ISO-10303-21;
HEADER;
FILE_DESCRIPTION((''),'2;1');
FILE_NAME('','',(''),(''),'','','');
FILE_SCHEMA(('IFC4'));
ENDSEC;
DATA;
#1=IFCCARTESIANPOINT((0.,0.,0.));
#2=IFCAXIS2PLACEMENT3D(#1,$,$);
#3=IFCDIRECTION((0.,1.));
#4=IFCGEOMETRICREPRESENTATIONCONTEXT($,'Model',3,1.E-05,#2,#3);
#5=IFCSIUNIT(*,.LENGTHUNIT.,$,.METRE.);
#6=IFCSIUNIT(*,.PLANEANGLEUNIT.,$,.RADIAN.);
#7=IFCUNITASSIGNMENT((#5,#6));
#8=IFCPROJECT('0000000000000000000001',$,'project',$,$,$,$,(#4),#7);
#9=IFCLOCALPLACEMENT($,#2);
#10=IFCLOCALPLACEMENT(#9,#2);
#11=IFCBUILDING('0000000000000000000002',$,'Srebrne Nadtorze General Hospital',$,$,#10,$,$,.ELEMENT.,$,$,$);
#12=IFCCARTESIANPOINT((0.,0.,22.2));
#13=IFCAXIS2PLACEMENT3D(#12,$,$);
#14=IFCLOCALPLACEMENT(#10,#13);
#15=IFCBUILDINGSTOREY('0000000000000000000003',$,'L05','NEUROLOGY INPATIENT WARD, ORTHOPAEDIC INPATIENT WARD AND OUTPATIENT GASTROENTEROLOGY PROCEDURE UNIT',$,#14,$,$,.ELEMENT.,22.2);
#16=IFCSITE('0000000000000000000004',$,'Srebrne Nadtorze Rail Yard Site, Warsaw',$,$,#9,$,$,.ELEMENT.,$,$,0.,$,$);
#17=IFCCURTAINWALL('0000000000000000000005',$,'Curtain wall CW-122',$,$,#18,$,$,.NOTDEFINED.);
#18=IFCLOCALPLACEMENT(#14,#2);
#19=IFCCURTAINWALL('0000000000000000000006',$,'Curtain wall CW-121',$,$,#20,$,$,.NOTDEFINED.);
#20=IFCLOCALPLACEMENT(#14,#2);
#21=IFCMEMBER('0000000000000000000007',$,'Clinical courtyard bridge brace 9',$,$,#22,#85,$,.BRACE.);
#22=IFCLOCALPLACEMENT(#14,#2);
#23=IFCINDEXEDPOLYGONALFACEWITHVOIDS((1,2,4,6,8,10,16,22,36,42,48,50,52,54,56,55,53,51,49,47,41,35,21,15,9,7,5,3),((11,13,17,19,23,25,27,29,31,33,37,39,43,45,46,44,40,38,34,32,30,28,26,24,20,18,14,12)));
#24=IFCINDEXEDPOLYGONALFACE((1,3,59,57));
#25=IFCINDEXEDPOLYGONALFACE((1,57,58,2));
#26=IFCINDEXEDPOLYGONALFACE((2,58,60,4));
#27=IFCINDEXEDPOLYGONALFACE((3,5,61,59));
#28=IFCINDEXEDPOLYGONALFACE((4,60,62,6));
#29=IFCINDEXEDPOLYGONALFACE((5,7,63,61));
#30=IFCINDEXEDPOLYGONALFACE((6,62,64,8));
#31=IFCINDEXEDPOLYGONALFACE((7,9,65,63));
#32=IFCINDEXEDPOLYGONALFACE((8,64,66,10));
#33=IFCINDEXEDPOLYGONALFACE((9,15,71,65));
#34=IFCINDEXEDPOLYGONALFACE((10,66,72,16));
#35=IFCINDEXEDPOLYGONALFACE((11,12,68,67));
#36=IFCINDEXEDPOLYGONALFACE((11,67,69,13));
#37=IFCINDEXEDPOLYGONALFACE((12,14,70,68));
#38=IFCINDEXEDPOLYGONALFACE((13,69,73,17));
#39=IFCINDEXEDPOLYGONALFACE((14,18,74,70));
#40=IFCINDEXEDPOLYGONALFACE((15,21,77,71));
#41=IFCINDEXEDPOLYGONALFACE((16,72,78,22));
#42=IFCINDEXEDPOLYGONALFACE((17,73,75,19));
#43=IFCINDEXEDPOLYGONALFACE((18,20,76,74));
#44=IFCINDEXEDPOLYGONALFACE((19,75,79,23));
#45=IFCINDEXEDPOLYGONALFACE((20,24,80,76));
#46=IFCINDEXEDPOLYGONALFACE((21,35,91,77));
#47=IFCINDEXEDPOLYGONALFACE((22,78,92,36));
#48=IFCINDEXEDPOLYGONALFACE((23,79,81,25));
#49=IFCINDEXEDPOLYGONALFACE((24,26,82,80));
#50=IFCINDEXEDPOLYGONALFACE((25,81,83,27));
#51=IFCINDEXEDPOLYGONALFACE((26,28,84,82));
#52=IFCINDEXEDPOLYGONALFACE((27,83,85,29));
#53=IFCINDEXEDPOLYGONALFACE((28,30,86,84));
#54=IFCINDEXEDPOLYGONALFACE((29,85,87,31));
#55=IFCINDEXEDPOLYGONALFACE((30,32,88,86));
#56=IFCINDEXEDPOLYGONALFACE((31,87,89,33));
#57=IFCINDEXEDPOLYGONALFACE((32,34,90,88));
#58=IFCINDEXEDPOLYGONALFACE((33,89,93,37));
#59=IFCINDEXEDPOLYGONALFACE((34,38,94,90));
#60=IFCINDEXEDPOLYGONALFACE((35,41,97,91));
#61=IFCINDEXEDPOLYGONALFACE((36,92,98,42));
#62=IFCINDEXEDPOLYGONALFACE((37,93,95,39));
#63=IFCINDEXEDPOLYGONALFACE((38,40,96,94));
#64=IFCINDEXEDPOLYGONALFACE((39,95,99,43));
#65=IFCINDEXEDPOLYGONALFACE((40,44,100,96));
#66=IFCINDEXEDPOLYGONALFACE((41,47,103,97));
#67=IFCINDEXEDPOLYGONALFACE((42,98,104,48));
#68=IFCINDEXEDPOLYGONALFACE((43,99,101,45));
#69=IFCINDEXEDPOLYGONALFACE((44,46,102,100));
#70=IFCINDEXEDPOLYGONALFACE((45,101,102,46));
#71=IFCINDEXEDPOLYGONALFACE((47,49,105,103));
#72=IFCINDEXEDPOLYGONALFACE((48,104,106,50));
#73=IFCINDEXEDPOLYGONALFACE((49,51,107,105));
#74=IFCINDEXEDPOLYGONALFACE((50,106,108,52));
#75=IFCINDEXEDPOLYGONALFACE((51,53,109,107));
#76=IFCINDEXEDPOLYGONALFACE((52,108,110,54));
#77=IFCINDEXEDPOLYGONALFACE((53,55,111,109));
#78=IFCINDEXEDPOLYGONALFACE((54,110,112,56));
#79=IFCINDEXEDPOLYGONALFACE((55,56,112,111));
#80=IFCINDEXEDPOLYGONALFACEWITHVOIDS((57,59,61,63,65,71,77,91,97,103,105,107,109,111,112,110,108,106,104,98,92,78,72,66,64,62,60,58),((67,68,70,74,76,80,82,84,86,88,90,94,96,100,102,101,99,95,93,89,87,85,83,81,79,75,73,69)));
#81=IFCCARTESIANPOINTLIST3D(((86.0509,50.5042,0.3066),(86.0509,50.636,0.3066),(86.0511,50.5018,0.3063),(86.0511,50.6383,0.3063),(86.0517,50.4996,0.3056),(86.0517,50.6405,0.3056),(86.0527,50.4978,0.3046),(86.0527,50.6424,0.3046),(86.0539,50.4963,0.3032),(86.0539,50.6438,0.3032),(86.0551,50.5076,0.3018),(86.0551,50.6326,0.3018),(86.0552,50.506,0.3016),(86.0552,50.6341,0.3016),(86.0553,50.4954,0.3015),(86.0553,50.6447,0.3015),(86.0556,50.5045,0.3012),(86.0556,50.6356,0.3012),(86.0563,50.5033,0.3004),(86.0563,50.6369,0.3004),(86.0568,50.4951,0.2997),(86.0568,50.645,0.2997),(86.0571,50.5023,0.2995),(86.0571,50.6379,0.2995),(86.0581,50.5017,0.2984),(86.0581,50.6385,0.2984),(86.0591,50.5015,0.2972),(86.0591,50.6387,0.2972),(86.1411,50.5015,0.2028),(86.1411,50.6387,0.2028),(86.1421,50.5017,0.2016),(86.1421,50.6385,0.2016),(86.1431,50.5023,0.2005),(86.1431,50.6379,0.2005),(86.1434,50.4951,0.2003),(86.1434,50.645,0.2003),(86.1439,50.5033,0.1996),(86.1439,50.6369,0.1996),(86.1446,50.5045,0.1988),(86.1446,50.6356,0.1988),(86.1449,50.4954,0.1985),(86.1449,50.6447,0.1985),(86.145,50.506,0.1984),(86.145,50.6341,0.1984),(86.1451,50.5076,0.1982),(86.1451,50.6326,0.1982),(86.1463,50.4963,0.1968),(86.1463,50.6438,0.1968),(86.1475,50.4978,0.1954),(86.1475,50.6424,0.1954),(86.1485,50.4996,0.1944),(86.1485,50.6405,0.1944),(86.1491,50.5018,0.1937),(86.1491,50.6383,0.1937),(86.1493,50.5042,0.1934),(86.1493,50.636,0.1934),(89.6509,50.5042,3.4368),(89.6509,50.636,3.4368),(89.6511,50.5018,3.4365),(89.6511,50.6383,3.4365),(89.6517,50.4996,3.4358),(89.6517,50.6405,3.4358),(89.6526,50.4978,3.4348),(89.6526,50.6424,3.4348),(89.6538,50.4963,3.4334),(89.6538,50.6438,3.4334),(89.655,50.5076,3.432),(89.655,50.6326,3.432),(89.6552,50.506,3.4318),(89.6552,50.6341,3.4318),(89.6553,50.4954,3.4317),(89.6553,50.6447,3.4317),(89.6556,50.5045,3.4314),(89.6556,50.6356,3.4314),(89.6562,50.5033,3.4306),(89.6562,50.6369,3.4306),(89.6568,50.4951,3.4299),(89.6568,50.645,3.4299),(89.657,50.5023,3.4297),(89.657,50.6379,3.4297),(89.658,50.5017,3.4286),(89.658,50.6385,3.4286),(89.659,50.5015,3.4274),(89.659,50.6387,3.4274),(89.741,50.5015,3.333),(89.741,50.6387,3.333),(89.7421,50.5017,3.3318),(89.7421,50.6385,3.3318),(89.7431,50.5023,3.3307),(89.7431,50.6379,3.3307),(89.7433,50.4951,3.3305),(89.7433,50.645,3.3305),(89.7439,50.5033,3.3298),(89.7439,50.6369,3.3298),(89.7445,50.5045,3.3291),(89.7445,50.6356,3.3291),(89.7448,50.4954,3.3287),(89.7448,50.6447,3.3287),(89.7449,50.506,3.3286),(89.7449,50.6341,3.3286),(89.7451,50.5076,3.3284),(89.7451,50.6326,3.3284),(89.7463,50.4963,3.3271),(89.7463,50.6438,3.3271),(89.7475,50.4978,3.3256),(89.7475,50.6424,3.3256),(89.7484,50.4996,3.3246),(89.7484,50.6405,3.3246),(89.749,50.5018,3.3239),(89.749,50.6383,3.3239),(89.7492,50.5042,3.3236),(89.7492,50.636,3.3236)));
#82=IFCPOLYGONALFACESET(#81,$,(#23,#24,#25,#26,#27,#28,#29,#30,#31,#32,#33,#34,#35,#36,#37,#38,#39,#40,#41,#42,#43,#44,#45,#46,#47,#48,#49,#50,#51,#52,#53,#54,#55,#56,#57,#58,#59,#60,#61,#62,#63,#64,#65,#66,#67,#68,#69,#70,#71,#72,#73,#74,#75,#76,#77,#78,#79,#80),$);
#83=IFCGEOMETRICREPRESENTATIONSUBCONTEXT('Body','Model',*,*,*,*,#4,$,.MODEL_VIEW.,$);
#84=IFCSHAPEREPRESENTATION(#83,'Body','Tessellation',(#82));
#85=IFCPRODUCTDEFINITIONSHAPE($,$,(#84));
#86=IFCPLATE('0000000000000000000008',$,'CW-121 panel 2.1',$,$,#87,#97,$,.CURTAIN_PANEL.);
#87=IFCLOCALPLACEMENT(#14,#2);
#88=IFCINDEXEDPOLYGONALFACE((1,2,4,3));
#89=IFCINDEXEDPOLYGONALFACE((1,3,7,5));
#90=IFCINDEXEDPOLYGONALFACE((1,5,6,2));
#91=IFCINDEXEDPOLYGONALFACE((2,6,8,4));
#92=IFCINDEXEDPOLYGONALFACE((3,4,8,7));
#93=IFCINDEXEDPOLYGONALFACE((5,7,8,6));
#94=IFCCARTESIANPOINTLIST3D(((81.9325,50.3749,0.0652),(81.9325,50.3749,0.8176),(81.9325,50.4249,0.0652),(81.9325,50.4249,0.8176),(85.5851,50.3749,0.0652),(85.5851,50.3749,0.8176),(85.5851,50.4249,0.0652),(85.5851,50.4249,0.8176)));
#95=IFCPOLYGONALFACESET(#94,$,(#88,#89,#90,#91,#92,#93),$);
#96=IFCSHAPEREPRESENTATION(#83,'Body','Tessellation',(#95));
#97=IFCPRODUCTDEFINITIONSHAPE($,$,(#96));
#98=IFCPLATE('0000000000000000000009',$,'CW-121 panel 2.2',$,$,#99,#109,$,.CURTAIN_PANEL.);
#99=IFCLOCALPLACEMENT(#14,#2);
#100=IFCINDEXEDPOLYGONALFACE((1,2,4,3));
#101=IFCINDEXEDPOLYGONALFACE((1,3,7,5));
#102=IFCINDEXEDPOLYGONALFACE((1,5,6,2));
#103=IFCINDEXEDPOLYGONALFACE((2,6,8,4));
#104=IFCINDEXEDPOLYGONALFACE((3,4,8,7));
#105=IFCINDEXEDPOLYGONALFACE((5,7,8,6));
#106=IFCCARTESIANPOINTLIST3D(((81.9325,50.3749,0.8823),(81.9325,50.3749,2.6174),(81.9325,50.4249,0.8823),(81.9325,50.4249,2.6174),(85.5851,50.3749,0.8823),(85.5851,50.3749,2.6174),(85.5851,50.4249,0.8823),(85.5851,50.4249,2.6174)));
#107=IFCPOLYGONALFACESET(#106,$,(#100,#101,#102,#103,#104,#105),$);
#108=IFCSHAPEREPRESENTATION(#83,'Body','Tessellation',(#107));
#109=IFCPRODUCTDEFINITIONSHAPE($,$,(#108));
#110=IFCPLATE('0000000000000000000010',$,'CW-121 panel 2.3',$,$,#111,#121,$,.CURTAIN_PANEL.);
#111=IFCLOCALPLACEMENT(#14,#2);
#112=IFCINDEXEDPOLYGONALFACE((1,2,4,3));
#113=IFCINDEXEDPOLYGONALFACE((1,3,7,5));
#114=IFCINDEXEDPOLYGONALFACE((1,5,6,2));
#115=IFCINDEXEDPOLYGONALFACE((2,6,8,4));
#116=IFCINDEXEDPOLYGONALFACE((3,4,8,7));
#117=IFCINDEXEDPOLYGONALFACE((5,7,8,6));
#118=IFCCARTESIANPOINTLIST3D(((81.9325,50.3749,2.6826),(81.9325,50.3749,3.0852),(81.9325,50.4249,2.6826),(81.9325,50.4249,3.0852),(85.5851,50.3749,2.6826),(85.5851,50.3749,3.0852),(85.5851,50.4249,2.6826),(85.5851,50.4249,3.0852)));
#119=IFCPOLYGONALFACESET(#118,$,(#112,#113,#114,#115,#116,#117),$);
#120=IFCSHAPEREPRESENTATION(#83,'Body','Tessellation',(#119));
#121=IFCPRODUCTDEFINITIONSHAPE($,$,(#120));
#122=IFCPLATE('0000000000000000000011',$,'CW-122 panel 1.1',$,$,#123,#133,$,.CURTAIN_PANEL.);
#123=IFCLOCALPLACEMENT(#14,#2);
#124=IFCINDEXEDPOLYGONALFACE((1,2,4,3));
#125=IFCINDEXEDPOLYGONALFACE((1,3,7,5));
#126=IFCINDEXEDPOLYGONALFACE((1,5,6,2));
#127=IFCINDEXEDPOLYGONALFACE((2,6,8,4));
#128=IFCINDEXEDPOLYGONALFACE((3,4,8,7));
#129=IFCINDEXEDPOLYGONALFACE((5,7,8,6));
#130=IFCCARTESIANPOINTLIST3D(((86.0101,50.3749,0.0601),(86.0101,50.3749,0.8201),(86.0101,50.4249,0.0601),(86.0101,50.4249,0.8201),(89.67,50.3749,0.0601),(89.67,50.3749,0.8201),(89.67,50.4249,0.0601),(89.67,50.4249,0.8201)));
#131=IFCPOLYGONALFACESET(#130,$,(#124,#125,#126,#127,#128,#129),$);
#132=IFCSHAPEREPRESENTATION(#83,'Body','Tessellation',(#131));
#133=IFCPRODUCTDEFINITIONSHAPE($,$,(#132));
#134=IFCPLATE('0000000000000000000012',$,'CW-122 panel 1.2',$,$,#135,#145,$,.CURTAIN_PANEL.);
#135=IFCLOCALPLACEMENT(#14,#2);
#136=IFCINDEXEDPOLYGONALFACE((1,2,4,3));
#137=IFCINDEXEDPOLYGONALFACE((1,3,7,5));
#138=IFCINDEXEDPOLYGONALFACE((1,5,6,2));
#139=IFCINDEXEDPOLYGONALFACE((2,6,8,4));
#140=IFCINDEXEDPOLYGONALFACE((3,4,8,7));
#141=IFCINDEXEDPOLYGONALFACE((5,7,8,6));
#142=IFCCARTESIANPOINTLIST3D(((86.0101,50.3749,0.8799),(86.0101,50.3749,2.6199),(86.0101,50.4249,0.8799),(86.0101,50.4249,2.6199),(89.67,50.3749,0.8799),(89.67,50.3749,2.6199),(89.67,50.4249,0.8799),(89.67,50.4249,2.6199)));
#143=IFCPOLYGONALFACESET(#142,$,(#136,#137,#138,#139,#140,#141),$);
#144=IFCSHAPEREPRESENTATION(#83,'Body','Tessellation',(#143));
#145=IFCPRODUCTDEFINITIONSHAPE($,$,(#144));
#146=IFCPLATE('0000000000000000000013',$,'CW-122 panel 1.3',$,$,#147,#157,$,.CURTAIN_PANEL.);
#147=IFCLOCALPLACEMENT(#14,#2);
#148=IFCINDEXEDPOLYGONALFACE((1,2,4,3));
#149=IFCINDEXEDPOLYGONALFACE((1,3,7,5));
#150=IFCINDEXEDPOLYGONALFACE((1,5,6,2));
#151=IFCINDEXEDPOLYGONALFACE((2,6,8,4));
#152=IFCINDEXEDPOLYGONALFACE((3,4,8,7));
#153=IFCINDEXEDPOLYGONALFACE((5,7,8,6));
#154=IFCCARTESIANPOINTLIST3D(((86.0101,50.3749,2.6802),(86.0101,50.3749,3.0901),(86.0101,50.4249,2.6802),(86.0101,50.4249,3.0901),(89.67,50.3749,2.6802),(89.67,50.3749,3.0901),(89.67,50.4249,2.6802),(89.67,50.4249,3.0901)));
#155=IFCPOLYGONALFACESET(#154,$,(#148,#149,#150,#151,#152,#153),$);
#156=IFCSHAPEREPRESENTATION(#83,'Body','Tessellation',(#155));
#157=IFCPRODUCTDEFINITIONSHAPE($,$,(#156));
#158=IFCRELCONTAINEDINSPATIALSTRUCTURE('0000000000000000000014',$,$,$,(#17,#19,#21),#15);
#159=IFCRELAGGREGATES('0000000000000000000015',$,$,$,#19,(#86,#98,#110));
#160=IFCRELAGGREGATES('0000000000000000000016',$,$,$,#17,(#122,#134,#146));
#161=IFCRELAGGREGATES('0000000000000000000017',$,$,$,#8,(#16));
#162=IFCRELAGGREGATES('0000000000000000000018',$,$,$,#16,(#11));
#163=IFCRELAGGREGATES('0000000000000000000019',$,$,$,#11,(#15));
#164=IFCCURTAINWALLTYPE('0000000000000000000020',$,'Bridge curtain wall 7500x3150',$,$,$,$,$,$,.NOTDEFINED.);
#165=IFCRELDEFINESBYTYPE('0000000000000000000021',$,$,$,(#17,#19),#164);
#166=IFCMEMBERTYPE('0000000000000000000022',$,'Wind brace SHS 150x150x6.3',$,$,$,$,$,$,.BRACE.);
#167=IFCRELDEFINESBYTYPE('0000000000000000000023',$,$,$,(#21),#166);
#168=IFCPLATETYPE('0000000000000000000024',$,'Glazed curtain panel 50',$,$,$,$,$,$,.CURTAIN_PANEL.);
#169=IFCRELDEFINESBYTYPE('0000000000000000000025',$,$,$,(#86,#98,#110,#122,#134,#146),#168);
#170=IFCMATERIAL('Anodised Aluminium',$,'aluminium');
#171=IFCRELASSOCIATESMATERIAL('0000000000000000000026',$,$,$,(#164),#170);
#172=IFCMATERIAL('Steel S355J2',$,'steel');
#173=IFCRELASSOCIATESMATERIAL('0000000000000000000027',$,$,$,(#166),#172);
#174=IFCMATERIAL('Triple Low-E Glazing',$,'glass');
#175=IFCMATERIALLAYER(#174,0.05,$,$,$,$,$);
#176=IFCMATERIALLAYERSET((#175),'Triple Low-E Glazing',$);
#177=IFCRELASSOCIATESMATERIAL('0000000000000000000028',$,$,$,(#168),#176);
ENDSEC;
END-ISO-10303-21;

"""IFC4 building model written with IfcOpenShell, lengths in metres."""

from ifc_helpers import new_model, si_unit, direction, frame, origin, origin_2d, place, context, subcontext, project, spatial, rectangle, hollow_rectangle, extrude, material, layer, layer_set, material_profile, profile_set, type_object, element, aggregate, save


model = new_model("IFC4")

# Units and contexts
model_context = context("Model", 3, precision=1e-05, world=origin(), true_north=direction((0.0, 1.0)))
body_context = subcontext(model_context, "Body", "Model", "MODEL_VIEW")
ifc_project = project(units=[si_unit("LENGTHUNIT", "METRE"), si_unit("PLANEANGLEUNIT", "RADIAN")], contexts=[model_context])

# Site, building, storey
site_placement = place(None, origin())
site = spatial("IfcSite", under=ifc_project, at=site_placement, Name="Srebrne Nadtorze Rail Yard Site, Warsaw", CompositionType="ELEMENT", RefElevation=0.0)
building_placement = place(site_placement, origin())
building = spatial("IfcBuilding", under=site, at=building_placement, Name="Srebrne Nadtorze General Hospital", CompositionType="ELEMENT")
storey_placement = place(building_placement, frame((0.0, 0.0, 22.2)))
storey = spatial("IfcBuildingStorey", under=building, at=storey_placement, Name="L05", Description="NEUROLOGY INPATIENT WARD, ORTHOPAEDIC INPATIENT WARD AND OUTPATIENT GASTROENTEROLOGY PROCEDURE UNIT", CompositionType="ELEMENT", Elevation=22.2)

# Curtain walls
ifc_material_1 = material(Name="Anodised Aluminium", Category="aluminium")
curtain_wall_type = type_object("IfcCurtainWallType", Name="Bridge curtain wall 7500x3150", PredefinedType="NOTDEFINED", material=ifc_material_1)
curtain_wall_1_placement = place(storey_placement, origin())
curtain_wall_1 = element("IfcCurtainWall", 1, at=curtain_wall_1_placement, inside=storey, type_object=curtain_wall_type, Name="Curtain wall CW-122", PredefinedType="NOTDEFINED")
curtain_wall_2_placement = place(storey_placement, origin())
curtain_wall_2 = element("IfcCurtainWall", 2, at=curtain_wall_2_placement, inside=storey, type_object=curtain_wall_type, Name="Curtain wall CW-121", PredefinedType="NOTDEFINED")

# Member
ifc_material_2 = material(Name="Steel S355J2", Category="steel")
ifc_material_profile_1 = material_profile(ifc_material_2, hollow_rectangle(XDim=0.1499, YDim=0.1499, WallThickness=0.0063, InnerFilletRadius=0.0061, OuterFilletRadius=0.009, at=origin_2d()), Name="SHS-150x150x6.3")
ifc_profile_set_1 = profile_set([ifc_material_profile_1], Name="Steel S355J2")
member_type_1 = type_object("IfcMemberType", Name="Wind brace SHS 150x150x6.3", PredefinedType="BRACE", material=ifc_profile_set_1)
member_1_placement = place(storey_placement, frame((86.1001, 50.5701, 0.25), z_axis=(0.754624, 0.0, 0.656157), x_axis=(0.0, 1.0, 0.0)))
element("IfcMember", 3, at=member_1_placement, inside=storey, type_object=member_type_1, Name="Clinical courtyard bridge brace 9", PredefinedType="BRACE", context=body_context, shape_type="SweptSolid", body=[
    extrude(hollow_rectangle(XDim=0.1499, YDim=0.1499, WallThickness=0.0063, InnerFilletRadius=0.0061, OuterFilletRadius=0.009, at=origin_2d()), origin(), (0.0, 0.0, 1.0), 4.7705),
])

# Plates
ifc_material_3 = material(Name="Triple Low-E Glazing", Category="glass")
ifc_layer = layer(ifc_material_3, 0.05)
ifc_layer_set = layer_set([ifc_layer], Name="Triple Low-E Glazing")
plate_type = type_object("IfcPlateType", Name="Glazed curtain panel 50", PredefinedType="CURTAIN_PANEL", material=ifc_layer_set)
plate_1_placement = place(storey_placement, frame((83.7588, 50.3999, 0.0652), z_axis=(0.0, 0.0, 1.0), x_axis=(1.0, 0.0, 0.0)))
plate_1 = element("IfcPlate", 4, at=plate_1_placement, type_object=plate_type, Name="CW-121 panel 2.1", PredefinedType="CURTAIN_PANEL", context=body_context, shape_type="SweptSolid", body=[
    extrude(rectangle(XDim=3.6526, YDim=0.05, at=origin_2d()), origin(), (0.0, 0.0, 1.0), 0.7524),
])
plate_2_placement = place(storey_placement, frame((83.7588, 50.3999, 0.8823), z_axis=(0.0, 0.0, 1.0), x_axis=(1.0, 0.0, 0.0)))
plate_2 = element("IfcPlate", 5, at=plate_2_placement, type_object=plate_type, Name="CW-121 panel 2.2", PredefinedType="CURTAIN_PANEL", context=body_context, shape_type="SweptSolid", body=[
    extrude(rectangle(XDim=3.6526, YDim=0.05, at=origin_2d()), origin(), (0.0, 0.0, 1.0), 1.7351),
])
plate_3_placement = place(storey_placement, frame((83.7588, 50.3999, 2.6826), z_axis=(0.0, 0.0, 1.0), x_axis=(1.0, 0.0, 0.0)))
plate_3 = element("IfcPlate", 6, at=plate_3_placement, type_object=plate_type, Name="CW-121 panel 2.3", PredefinedType="CURTAIN_PANEL", context=body_context, shape_type="SweptSolid", body=[
    extrude(rectangle(XDim=3.6526, YDim=0.05, at=origin_2d()), origin(), (0.0, 0.0, 1.0), 0.4026),
])
aggregate(curtain_wall_2, [plate_1, plate_2, plate_3])
plate_4_placement = place(storey_placement, frame((87.8401, 50.3999, 0.0601), z_axis=(0.0, 0.0, 1.0), x_axis=(1.0, 0.0, 0.0)))
plate_4 = element("IfcPlate", 7, at=plate_4_placement, type_object=plate_type, Name="CW-122 panel 1.1", PredefinedType="CURTAIN_PANEL", context=body_context, shape_type="SweptSolid", body=[
    extrude(rectangle(XDim=3.6599, YDim=0.05, at=origin_2d()), origin(), (0.0, 0.0, 1.0), 0.76),
])
plate_5_placement = place(storey_placement, frame((87.8401, 50.3999, 0.8799), z_axis=(0.0, 0.0, 1.0), x_axis=(1.0, 0.0, 0.0)))
plate_5 = element("IfcPlate", 8, at=plate_5_placement, type_object=plate_type, Name="CW-122 panel 1.2", PredefinedType="CURTAIN_PANEL", context=body_context, shape_type="SweptSolid", body=[
    extrude(rectangle(XDim=3.6599, YDim=0.05, at=origin_2d()), origin(), (0.0, 0.0, 1.0), 1.74),
])
plate_6_placement = place(storey_placement, frame((87.8401, 50.3999, 2.6802), z_axis=(0.0, 0.0, 1.0), x_axis=(1.0, 0.0, 0.0)))
plate_6 = element("IfcPlate", 9, at=plate_6_placement, type_object=plate_type, Name="CW-122 panel 1.3", PredefinedType="CURTAIN_PANEL", context=body_context, shape_type="SweptSolid", body=[
    extrude(rectangle(XDim=3.6599, YDim=0.05, at=origin_2d()), origin(), (0.0, 0.0, 1.0), 0.4099),
])
aggregate(curtain_wall_1, [plate_4, plate_5, plate_6])

save(model, "model.ifc")
